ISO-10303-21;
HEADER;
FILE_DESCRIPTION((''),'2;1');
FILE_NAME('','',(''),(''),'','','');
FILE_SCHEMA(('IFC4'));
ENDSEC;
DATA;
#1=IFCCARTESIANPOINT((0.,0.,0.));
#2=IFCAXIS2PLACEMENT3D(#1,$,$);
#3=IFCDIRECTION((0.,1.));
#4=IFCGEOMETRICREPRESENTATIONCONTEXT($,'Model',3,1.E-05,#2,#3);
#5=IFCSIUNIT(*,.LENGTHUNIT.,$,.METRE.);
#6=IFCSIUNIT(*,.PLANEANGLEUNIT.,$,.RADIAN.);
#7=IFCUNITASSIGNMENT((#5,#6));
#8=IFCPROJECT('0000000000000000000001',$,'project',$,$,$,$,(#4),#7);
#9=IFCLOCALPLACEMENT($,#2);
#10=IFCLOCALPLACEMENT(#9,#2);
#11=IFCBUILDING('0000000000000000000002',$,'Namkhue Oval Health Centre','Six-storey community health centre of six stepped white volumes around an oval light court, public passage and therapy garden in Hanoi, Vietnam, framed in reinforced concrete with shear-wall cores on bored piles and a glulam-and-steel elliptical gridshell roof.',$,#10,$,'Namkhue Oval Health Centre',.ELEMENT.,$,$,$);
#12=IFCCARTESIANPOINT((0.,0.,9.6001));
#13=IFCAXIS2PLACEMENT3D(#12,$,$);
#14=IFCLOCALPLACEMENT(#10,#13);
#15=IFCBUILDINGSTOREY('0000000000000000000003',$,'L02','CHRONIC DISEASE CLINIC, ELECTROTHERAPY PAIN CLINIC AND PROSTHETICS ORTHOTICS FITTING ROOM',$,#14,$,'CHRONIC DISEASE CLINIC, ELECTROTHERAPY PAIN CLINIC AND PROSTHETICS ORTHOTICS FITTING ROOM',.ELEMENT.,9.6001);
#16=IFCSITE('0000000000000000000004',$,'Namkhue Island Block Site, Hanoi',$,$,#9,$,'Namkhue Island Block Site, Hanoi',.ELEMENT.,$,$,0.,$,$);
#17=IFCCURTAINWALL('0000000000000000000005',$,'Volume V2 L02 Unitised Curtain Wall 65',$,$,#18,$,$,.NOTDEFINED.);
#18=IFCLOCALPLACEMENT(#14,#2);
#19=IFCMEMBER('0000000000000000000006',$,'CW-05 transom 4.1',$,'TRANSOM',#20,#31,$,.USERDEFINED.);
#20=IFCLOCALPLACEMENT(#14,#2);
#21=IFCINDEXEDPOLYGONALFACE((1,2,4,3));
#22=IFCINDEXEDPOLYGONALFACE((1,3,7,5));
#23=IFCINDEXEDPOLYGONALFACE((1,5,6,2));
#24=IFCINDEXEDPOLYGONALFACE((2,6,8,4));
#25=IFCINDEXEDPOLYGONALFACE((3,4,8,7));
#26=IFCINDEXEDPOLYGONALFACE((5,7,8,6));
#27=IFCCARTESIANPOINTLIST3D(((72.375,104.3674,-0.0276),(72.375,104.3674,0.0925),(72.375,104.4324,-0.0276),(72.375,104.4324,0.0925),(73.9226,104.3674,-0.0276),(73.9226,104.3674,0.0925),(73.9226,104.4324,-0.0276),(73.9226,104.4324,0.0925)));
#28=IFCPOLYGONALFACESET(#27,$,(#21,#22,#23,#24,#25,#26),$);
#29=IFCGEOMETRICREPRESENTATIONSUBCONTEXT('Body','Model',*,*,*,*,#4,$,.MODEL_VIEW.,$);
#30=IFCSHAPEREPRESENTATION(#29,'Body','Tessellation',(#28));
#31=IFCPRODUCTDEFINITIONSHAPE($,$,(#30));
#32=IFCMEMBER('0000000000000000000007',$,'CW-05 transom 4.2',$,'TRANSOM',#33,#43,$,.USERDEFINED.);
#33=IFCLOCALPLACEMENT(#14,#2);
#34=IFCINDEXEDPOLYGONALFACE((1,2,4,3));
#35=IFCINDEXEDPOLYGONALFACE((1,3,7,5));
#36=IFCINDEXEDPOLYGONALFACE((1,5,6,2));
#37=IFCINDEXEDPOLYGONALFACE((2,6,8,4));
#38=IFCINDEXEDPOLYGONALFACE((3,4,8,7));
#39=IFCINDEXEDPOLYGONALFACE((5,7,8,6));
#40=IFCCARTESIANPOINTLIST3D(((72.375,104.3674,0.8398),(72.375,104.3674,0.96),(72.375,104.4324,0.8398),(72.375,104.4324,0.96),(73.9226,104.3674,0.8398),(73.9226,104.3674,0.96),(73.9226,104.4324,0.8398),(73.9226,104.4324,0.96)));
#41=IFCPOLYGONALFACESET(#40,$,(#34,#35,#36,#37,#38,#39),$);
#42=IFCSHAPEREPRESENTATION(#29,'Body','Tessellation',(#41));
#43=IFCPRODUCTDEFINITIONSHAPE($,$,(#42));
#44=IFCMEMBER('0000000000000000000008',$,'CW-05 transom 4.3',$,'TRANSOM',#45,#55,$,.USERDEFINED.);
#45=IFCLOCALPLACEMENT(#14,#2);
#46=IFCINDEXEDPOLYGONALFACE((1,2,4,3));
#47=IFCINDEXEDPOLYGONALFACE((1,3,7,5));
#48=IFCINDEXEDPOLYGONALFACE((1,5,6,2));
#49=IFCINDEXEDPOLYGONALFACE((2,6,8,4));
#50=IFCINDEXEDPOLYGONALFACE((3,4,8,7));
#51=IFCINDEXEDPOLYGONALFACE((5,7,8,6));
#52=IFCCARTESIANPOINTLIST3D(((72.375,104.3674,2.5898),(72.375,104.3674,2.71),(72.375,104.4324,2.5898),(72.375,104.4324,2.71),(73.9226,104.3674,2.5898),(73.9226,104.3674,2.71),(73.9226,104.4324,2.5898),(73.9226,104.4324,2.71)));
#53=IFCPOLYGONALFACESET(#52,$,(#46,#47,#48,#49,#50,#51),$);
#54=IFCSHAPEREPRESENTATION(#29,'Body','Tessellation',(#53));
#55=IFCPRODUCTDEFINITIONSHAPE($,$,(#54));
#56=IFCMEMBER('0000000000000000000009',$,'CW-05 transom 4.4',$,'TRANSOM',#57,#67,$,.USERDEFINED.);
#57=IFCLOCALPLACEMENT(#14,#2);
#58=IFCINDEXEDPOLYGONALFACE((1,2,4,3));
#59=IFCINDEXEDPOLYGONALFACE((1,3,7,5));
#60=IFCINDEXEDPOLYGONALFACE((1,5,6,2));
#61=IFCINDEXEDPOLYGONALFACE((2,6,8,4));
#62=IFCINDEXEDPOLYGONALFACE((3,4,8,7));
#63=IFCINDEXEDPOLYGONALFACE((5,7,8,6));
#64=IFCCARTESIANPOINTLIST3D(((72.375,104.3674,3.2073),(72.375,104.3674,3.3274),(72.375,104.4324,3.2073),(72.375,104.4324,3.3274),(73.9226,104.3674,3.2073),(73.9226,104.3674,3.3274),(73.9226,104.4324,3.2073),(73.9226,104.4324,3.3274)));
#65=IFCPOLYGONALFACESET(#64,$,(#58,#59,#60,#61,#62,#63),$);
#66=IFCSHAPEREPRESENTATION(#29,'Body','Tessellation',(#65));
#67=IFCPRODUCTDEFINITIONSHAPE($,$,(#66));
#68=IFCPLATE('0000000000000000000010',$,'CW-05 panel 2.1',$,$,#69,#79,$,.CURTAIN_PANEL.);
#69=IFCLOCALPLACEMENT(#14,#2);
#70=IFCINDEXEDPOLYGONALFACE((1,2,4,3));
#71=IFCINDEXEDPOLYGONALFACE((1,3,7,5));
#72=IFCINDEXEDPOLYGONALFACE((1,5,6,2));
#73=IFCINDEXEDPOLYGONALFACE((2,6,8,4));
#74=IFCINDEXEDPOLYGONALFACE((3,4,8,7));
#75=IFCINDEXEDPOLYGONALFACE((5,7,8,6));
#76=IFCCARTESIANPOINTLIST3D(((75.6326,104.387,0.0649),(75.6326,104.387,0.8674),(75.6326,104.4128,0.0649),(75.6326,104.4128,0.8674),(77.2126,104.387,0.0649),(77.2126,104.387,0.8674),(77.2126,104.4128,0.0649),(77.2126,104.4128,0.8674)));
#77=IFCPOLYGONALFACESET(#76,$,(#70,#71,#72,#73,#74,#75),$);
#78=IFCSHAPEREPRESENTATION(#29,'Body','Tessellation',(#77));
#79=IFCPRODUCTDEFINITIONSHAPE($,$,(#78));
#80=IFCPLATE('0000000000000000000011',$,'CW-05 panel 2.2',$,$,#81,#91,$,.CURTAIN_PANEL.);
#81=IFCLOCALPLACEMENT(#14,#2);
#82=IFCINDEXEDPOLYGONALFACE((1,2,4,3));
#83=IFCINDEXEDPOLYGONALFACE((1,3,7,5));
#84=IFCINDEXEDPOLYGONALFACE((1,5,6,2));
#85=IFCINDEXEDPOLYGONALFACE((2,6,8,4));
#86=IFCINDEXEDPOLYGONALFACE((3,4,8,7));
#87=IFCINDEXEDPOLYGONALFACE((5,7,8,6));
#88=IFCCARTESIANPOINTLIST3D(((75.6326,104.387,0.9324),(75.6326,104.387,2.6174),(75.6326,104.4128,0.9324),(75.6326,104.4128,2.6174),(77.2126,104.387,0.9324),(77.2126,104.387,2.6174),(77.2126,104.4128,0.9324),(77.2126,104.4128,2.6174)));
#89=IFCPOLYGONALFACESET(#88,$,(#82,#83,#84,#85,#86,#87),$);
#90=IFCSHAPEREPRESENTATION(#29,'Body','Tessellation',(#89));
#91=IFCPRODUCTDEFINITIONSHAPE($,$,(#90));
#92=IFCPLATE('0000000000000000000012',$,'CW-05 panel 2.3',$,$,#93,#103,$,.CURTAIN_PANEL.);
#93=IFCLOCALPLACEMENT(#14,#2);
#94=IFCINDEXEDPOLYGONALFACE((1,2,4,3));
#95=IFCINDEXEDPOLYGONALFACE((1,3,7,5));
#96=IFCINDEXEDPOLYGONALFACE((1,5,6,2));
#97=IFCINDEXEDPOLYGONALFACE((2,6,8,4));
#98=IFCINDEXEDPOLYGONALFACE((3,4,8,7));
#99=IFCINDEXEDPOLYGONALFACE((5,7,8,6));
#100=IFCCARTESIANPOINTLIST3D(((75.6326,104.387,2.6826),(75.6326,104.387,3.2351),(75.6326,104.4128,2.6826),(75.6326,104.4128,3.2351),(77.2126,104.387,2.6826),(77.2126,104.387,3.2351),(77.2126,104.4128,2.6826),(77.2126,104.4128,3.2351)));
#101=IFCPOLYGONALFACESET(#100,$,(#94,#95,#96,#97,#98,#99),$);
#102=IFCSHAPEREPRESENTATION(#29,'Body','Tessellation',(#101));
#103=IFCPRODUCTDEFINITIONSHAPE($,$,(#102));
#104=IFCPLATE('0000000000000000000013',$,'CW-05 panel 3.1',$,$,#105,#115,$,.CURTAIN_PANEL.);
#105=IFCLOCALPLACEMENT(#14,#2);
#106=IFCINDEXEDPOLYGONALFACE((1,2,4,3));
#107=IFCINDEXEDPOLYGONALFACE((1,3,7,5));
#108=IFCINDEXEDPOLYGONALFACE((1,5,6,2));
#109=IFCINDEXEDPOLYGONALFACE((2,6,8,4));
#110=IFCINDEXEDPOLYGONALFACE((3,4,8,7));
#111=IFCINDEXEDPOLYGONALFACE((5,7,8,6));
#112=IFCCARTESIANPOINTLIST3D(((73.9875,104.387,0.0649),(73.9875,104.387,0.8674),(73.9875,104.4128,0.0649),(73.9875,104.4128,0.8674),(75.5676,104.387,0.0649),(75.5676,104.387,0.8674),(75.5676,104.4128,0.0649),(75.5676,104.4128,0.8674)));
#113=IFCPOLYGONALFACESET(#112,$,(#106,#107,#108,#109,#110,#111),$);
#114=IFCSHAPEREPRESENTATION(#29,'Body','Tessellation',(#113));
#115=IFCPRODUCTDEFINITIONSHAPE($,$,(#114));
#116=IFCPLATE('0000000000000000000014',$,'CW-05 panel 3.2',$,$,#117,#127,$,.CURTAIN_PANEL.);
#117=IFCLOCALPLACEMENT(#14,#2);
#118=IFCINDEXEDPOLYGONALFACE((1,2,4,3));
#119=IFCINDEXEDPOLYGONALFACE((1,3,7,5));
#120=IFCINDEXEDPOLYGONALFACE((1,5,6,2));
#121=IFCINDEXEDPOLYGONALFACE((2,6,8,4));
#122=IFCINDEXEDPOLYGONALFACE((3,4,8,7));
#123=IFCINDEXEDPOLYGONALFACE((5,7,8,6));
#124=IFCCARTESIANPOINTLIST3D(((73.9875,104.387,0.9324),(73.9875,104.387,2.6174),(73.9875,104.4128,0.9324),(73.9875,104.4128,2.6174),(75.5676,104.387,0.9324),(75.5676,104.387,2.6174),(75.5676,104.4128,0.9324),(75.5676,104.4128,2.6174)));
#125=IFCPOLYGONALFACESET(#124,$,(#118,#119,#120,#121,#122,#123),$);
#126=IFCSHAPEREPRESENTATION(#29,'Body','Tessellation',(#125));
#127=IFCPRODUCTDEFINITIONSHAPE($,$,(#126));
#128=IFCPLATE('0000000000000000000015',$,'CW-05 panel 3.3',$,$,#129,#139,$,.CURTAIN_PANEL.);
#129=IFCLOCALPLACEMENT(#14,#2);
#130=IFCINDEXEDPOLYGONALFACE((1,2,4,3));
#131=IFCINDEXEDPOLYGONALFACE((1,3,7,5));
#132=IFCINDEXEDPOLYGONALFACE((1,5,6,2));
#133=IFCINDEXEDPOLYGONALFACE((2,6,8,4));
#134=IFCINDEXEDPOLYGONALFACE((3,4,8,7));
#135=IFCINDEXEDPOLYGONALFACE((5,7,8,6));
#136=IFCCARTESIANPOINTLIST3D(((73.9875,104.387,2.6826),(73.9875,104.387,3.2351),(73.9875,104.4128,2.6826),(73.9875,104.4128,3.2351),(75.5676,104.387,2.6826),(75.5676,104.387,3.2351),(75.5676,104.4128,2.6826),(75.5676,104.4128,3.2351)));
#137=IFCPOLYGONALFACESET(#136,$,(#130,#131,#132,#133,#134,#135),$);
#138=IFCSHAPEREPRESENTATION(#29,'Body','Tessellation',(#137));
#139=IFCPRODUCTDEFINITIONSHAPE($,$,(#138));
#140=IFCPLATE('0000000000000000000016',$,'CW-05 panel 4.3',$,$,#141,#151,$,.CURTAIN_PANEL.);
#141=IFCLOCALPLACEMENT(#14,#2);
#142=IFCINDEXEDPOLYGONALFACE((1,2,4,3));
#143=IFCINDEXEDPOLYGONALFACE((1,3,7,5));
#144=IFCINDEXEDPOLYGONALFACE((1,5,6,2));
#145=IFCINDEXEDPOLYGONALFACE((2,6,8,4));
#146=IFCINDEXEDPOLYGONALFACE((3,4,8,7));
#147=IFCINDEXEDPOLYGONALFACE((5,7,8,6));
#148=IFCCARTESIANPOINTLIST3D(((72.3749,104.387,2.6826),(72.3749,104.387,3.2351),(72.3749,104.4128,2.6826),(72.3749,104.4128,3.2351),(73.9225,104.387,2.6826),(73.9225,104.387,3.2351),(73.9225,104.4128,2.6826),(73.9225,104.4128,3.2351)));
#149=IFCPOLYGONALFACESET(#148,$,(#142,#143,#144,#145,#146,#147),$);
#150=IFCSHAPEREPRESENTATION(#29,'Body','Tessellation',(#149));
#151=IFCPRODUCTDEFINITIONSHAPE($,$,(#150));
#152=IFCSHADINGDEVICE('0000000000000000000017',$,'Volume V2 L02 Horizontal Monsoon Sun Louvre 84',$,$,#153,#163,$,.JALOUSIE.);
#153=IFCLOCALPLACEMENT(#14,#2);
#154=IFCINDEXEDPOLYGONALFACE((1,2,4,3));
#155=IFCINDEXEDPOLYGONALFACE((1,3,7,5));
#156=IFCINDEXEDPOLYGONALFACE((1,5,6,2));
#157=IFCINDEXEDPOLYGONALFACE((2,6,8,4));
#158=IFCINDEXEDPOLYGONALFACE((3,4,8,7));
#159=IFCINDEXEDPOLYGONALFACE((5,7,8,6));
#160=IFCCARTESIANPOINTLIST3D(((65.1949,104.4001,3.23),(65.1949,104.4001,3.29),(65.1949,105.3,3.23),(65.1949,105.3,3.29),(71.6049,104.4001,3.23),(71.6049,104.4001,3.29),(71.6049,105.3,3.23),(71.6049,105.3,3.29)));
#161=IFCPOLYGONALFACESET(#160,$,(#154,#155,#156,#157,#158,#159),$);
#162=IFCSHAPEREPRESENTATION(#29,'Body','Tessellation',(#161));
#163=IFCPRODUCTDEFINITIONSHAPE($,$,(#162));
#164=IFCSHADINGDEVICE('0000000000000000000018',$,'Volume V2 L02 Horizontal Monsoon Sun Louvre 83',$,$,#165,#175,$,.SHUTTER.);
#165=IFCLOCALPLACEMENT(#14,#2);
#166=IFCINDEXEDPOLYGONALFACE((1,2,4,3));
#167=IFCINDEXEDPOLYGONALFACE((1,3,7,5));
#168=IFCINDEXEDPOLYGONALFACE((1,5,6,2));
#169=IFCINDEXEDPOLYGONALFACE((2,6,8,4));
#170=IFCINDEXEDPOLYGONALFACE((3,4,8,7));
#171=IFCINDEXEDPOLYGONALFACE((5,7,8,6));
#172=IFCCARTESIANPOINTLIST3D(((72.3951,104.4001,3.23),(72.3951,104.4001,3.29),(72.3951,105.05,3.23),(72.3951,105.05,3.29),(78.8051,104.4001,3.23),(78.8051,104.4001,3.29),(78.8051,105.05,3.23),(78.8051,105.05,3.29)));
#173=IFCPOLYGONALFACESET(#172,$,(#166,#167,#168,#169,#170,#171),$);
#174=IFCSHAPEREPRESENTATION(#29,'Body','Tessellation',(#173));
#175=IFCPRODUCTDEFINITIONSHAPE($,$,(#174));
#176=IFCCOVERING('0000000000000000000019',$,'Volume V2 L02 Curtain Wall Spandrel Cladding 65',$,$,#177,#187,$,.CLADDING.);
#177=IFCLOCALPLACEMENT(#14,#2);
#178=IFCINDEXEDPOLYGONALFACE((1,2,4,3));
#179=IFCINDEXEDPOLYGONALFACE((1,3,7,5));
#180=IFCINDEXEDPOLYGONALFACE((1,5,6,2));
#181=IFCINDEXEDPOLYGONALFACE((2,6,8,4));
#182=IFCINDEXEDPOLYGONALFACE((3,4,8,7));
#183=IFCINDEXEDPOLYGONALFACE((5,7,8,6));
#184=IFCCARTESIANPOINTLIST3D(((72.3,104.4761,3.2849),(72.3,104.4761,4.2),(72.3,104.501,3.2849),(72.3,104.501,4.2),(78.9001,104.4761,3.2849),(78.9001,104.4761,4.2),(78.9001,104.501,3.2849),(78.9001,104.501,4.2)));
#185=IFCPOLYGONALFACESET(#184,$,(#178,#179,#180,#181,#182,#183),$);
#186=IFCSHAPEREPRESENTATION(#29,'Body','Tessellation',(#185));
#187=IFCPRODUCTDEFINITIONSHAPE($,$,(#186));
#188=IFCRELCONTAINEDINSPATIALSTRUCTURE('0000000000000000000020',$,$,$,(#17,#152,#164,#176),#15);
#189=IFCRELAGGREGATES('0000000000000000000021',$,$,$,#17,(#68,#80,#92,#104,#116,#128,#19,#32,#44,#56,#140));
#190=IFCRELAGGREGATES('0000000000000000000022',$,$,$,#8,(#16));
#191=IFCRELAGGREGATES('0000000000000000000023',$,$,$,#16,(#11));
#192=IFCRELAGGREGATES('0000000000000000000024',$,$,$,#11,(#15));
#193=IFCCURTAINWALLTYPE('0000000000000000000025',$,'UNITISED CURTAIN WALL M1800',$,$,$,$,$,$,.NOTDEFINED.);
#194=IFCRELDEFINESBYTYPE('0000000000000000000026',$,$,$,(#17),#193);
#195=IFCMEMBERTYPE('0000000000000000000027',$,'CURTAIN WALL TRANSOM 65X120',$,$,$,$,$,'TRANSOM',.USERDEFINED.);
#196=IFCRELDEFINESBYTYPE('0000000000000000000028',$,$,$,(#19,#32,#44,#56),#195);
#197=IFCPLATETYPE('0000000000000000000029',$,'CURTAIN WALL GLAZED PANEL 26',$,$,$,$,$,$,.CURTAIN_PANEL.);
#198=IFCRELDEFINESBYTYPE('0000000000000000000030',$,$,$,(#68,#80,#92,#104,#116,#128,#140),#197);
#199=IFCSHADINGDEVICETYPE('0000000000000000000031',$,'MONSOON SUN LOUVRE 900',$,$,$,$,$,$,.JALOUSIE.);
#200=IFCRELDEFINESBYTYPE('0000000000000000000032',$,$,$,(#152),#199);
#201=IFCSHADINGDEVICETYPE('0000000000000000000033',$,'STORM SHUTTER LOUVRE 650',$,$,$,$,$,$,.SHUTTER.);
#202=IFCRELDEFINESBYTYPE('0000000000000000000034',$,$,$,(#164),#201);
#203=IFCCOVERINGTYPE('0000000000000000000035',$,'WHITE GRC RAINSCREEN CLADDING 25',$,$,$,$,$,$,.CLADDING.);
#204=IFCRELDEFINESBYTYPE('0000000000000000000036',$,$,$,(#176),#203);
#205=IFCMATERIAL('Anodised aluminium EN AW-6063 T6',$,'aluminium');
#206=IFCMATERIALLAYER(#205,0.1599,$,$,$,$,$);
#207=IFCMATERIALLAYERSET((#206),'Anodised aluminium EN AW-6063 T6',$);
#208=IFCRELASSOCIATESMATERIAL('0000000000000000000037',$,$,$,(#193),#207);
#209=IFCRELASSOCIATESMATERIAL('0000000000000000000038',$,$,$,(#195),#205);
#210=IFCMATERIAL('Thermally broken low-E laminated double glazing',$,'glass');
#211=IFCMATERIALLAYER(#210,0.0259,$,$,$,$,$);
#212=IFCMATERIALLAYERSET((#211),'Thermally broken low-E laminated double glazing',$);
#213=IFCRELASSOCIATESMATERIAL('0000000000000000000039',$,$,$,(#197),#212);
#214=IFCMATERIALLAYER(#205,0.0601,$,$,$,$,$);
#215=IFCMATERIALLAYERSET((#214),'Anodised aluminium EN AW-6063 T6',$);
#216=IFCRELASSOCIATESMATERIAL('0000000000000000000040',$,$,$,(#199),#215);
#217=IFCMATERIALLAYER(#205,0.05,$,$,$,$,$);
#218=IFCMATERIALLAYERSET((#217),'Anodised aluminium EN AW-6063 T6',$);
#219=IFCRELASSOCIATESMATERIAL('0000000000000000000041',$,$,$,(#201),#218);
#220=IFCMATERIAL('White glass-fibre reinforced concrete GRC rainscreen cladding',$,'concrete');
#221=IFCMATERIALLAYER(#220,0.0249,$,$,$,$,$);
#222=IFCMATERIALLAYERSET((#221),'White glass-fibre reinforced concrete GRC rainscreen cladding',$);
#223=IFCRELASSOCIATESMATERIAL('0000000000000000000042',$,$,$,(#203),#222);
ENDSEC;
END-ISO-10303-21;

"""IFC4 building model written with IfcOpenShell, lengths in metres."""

from ifc_helpers import new_model, si_unit, direction, frame, origin, origin_2d, place, context, subcontext, project, spatial, rectangle, extrude, material, layer, layer_set, material_profile, profile_set, type_object, element, aggregate, save


model = new_model("IFC4")

# Units and contexts
model_context = context("Model", 3, precision=1e-05, world=origin(), true_north=direction((0.0, 1.0)))
body_context = subcontext(model_context, "Body", "Model", "MODEL_VIEW")
ifc_project = project(units=[si_unit("LENGTHUNIT", "METRE"), si_unit("PLANEANGLEUNIT", "RADIAN")], contexts=[model_context])

# Site, building, storey
site_placement = place(None, origin())
site = spatial("IfcSite", under=ifc_project, at=site_placement, Name="Namkhue Island Block Site, Hanoi", LongName="Namkhue Island Block Site, Hanoi", CompositionType="ELEMENT", RefElevation=0.0)
building_placement = place(site_placement, origin())
building = spatial("IfcBuilding", under=site, at=building_placement, Name="Namkhue Oval Health Centre", Description="Six-storey community health centre of six stepped white volumes around an oval light court, public passage and therapy garden in Hanoi, Vietnam, framed in reinforced concrete with shear-wall cores on bored piles and a glulam-and-steel elliptical gridshell roof.", LongName="Namkhue Oval Health Centre", CompositionType="ELEMENT")
storey_placement = place(building_placement, frame((0.0, 0.0, 9.6001)))
storey = spatial("IfcBuildingStorey", under=building, at=storey_placement, Name="L02", Description="CHRONIC DISEASE CLINIC, ELECTROTHERAPY PAIN CLINIC AND PROSTHETICS ORTHOTICS FITTING ROOM", LongName="CHRONIC DISEASE CLINIC, ELECTROTHERAPY PAIN CLINIC AND PROSTHETICS ORTHOTICS FITTING ROOM", CompositionType="ELEMENT", Elevation=9.6001)

# Curtain wall, members, plates
ifc_material_1 = material(Name="Anodised aluminium EN AW-6063 T6", Category="aluminium")
ifc_layer_1 = layer(ifc_material_1, 0.1599)
ifc_layer_set_1 = layer_set([ifc_layer_1], Name="Anodised aluminium EN AW-6063 T6")
curtain_wall_type = type_object("IfcCurtainWallType", Name="UNITISED CURTAIN WALL M1800", PredefinedType="NOTDEFINED", material=ifc_layer_set_1)
curtain_wall_placement = place(storey_placement, origin())
curtain_wall = element("IfcCurtainWall", 1, at=curtain_wall_placement, inside=storey, type_object=curtain_wall_type, Name="Volume V2 L02 Unitised Curtain Wall 65", PredefinedType="NOTDEFINED")
ifc_material_profile_1 = material_profile(ifc_material_1, rectangle(XDim=0.0649, YDim=0.1201, at=origin_2d()), Name="ALU 65x120")
ifc_profile_set_1 = profile_set([ifc_material_profile_1], Name="Anodised aluminium EN AW-6063 T6")
member_type_1 = type_object("IfcMemberType", Name="CURTAIN WALL TRANSOM 65X120", ElementType="TRANSOM", PredefinedType="USERDEFINED", material=ifc_profile_set_1)
member_1_placement = place(storey_placement, frame((73.9226, 104.3999, 0.0325), z_axis=(-1.0, 0.0, 0.0), x_axis=(0.0, -1.0, 0.0)))
member_1 = element("IfcMember", 2, at=member_1_placement, type_object=member_type_1, Name="CW-05 transom 4.1", ObjectType="TRANSOM", PredefinedType="USERDEFINED", context=body_context, shape_type="SweptSolid", body=[
    extrude(rectangle(XDim=0.0649, YDim=0.1201, at=origin_2d()), origin(), (0.0, 0.0, 1.0), 1.5476),
])
member_2_placement = place(storey_placement, frame((73.9226, 104.3999, 0.8999), z_axis=(-1.0, 0.0, 0.0), x_axis=(0.0, -1.0, 0.0)))
member_2 = element("IfcMember", 3, at=member_2_placement, type_object=member_type_1, Name="CW-05 transom 4.2", ObjectType="TRANSOM", PredefinedType="USERDEFINED", context=body_context, shape_type="SweptSolid", body=[
    extrude(rectangle(XDim=0.0649, YDim=0.1201, at=origin_2d()), origin(), (0.0, 0.0, 1.0), 1.5476),
])
member_3_placement = place(storey_placement, frame((73.9226, 104.3999, 2.6499), z_axis=(-1.0, 0.0, 0.0), x_axis=(0.0, -1.0, 0.0)))
member_3 = element("IfcMember", 4, at=member_3_placement, type_object=member_type_1, Name="CW-05 transom 4.3", ObjectType="TRANSOM", PredefinedType="USERDEFINED", context=body_context, shape_type="SweptSolid", body=[
    extrude(rectangle(XDim=0.0649, YDim=0.1201, at=origin_2d()), origin(), (0.0, 0.0, 1.0), 1.5476),
])
member_4_placement = place(storey_placement, frame((73.9226, 104.3999, 3.2673), z_axis=(-1.0, 0.0, 0.0), x_axis=(0.0, -1.0, 0.0)))
member_4 = element("IfcMember", 5, at=member_4_placement, type_object=member_type_1, Name="CW-05 transom 4.4", ObjectType="TRANSOM", PredefinedType="USERDEFINED", context=body_context, shape_type="SweptSolid", body=[
    extrude(rectangle(XDim=0.0649, YDim=0.1201, at=origin_2d()), origin(), (0.0, 0.0, 1.0), 1.5476),
])
ifc_material_2 = material(Name="Thermally broken low-E laminated double glazing", Category="glass")
ifc_layer_2 = layer(ifc_material_2, 0.0259)
ifc_layer_set_2 = layer_set([ifc_layer_2], Name="Thermally broken low-E laminated double glazing")
plate_type = type_object("IfcPlateType", Name="CURTAIN WALL GLAZED PANEL 26", PredefinedType="CURTAIN_PANEL", material=ifc_layer_set_2)
plate_1_placement = place(storey_placement, frame((76.4226, 104.3999, 0.0649), z_axis=(0.0, 0.0, 1.0), x_axis=(-1.0, 0.0, 0.0)))
plate_1 = element("IfcPlate", 6, at=plate_1_placement, type_object=plate_type, Name="CW-05 panel 2.1", PredefinedType="CURTAIN_PANEL", context=body_context, shape_type="SweptSolid", body=[
    extrude(rectangle(XDim=1.5801, YDim=0.0259, at=origin_2d()), origin(), (0.0, 0.0, 1.0), 0.8025),
])
plate_2_placement = place(storey_placement, frame((76.4226, 104.3999, 0.9324), z_axis=(0.0, 0.0, 1.0), x_axis=(-1.0, 0.0, 0.0)))
plate_2 = element("IfcPlate", 7, at=plate_2_placement, type_object=plate_type, Name="CW-05 panel 2.2", PredefinedType="CURTAIN_PANEL", context=body_context, shape_type="SweptSolid", body=[
    extrude(rectangle(XDim=1.5801, YDim=0.0259, at=origin_2d()), origin(), (0.0, 0.0, 1.0), 1.6851),
])
plate_3_placement = place(storey_placement, frame((76.4226, 104.3999, 2.6826), z_axis=(0.0, 0.0, 1.0), x_axis=(-1.0, 0.0, 0.0)))
plate_3 = element("IfcPlate", 8, at=plate_3_placement, type_object=plate_type, Name="CW-05 panel 2.3", PredefinedType="CURTAIN_PANEL", context=body_context, shape_type="SweptSolid", body=[
    extrude(rectangle(XDim=1.5801, YDim=0.0259, at=origin_2d()), origin(), (0.0, 0.0, 1.0), 0.5525),
])
plate_4_placement = place(storey_placement, frame((74.7776, 104.3999, 0.0649), z_axis=(0.0, 0.0, 1.0), x_axis=(-1.0, 0.0, 0.0)))
plate_4 = element("IfcPlate", 9, at=plate_4_placement, type_object=plate_type, Name="CW-05 panel 3.1", PredefinedType="CURTAIN_PANEL", context=body_context, shape_type="SweptSolid", body=[
    extrude(rectangle(XDim=1.5801, YDim=0.0259, at=origin_2d()), origin(), (0.0, 0.0, 1.0), 0.8025),
])
plate_5_placement = place(storey_placement, frame((74.7776, 104.3999, 0.9324), z_axis=(0.0, 0.0, 1.0), x_axis=(-1.0, 0.0, 0.0)))
plate_5 = element("IfcPlate", 10, at=plate_5_placement, type_object=plate_type, Name="CW-05 panel 3.2", PredefinedType="CURTAIN_PANEL", context=body_context, shape_type="SweptSolid", body=[
    extrude(rectangle(XDim=1.5801, YDim=0.0259, at=origin_2d()), origin(), (0.0, 0.0, 1.0), 1.6851),
])
plate_6_placement = place(storey_placement, frame((74.7776, 104.3999, 2.6826), z_axis=(0.0, 0.0, 1.0), x_axis=(-1.0, 0.0, 0.0)))
plate_6 = element("IfcPlate", 11, at=plate_6_placement, type_object=plate_type, Name="CW-05 panel 3.3", PredefinedType="CURTAIN_PANEL", context=body_context, shape_type="SweptSolid", body=[
    extrude(rectangle(XDim=1.5801, YDim=0.0259, at=origin_2d()), origin(), (0.0, 0.0, 1.0), 0.5525),
])
plate_7_placement = place(storey_placement, frame((73.1487, 104.3999, 2.6826), z_axis=(0.0, 0.0, 1.0), x_axis=(-1.0, 0.0, 0.0)))
plate_7 = element("IfcPlate", 12, at=plate_7_placement, type_object=plate_type, Name="CW-05 panel 4.3", PredefinedType="CURTAIN_PANEL", context=body_context, shape_type="SweptSolid", body=[
    extrude(rectangle(XDim=1.5476, YDim=0.0259, at=origin_2d()), origin(), (0.0, 0.0, 1.0), 0.5525),
])
aggregate(curtain_wall, [plate_1, plate_2, plate_3, plate_4, plate_5, plate_6, member_1, member_2, member_3, member_4, plate_7])

# Shading devices
ifc_layer_3 = layer(ifc_material_1, 0.0601)
ifc_layer_set_3 = layer_set([ifc_layer_3], Name="Anodised aluminium EN AW-6063 T6")
shading_device_type_1 = type_object("IfcShadingDeviceType", Name="MONSOON SUN LOUVRE 900", PredefinedType="JALOUSIE", material=ifc_layer_set_3)
shading_device_1_placement = place(storey_placement, frame((68.3999, 104.8501, 3.23), z_axis=(0.0, 0.0, 1.0), x_axis=(-1.0, 0.0, 0.0)))
element("IfcShadingDevice", 13, at=shading_device_1_placement, inside=storey, type_object=shading_device_type_1, Name="Volume V2 L02 Horizontal Monsoon Sun Louvre 84", PredefinedType="JALOUSIE", context=body_context, shape_type="SweptSolid", body=[
    extrude(rectangle(XDim=6.4099, YDim=0.8999, at=origin_2d()), origin(), (0.0, 0.0, 1.0), 0.0601),
])
ifc_layer_4 = layer(ifc_material_1, 0.05)
ifc_layer_set_4 = layer_set([ifc_layer_4], Name="Anodised aluminium EN AW-6063 T6")
shading_device_type_2 = type_object("IfcShadingDeviceType", Name="STORM SHUTTER LOUVRE 650", PredefinedType="SHUTTER", material=ifc_layer_set_4)
shading_device_2_placement = place(storey_placement, frame((75.6001, 104.7251, 3.23), z_axis=(0.0, 0.0, 1.0), x_axis=(-1.0, 0.0, 0.0)))
element("IfcShadingDevice", 14, at=shading_device_2_placement, inside=storey, type_object=shading_device_type_2, Name="Volume V2 L02 Horizontal Monsoon Sun Louvre 83", PredefinedType="SHUTTER", context=body_context, shape_type="SweptSolid", body=[
    extrude(rectangle(XDim=6.4099, YDim=0.6499, at=origin_2d()), origin(), (0.0, 0.0, 1.0), 0.0601),
])

# Covering
ifc_material_3 = material(Name="White glass-fibre reinforced concrete GRC rainscreen cladding", Category="concrete")
ifc_layer_5 = layer(ifc_material_3, 0.0249)
ifc_layer_set_5 = layer_set([ifc_layer_5], Name="White glass-fibre reinforced concrete GRC rainscreen cladding")
covering_type = type_object("IfcCoveringType", Name="WHITE GRC RAINSCREEN CLADDING 25", PredefinedType="CLADDING", material=ifc_layer_set_5)
covering_placement = place(storey_placement, frame((75.6001, 104.4885, 3.2849), z_axis=(0.0, 0.0, 1.0), x_axis=(-1.0, 0.0, 0.0)))
element("IfcCovering", 15, at=covering_placement, inside=storey, type_object=covering_type, Name="Volume V2 L02 Curtain Wall Spandrel Cladding 65", PredefinedType="CLADDING", context=body_context, shape_type="SweptSolid", body=[
    extrude(rectangle(XDim=6.6001, YDim=0.0249, at=origin_2d()), origin(), (0.0, 0.0, 1.0), 0.915),
])

save(model, "model.ifc")
